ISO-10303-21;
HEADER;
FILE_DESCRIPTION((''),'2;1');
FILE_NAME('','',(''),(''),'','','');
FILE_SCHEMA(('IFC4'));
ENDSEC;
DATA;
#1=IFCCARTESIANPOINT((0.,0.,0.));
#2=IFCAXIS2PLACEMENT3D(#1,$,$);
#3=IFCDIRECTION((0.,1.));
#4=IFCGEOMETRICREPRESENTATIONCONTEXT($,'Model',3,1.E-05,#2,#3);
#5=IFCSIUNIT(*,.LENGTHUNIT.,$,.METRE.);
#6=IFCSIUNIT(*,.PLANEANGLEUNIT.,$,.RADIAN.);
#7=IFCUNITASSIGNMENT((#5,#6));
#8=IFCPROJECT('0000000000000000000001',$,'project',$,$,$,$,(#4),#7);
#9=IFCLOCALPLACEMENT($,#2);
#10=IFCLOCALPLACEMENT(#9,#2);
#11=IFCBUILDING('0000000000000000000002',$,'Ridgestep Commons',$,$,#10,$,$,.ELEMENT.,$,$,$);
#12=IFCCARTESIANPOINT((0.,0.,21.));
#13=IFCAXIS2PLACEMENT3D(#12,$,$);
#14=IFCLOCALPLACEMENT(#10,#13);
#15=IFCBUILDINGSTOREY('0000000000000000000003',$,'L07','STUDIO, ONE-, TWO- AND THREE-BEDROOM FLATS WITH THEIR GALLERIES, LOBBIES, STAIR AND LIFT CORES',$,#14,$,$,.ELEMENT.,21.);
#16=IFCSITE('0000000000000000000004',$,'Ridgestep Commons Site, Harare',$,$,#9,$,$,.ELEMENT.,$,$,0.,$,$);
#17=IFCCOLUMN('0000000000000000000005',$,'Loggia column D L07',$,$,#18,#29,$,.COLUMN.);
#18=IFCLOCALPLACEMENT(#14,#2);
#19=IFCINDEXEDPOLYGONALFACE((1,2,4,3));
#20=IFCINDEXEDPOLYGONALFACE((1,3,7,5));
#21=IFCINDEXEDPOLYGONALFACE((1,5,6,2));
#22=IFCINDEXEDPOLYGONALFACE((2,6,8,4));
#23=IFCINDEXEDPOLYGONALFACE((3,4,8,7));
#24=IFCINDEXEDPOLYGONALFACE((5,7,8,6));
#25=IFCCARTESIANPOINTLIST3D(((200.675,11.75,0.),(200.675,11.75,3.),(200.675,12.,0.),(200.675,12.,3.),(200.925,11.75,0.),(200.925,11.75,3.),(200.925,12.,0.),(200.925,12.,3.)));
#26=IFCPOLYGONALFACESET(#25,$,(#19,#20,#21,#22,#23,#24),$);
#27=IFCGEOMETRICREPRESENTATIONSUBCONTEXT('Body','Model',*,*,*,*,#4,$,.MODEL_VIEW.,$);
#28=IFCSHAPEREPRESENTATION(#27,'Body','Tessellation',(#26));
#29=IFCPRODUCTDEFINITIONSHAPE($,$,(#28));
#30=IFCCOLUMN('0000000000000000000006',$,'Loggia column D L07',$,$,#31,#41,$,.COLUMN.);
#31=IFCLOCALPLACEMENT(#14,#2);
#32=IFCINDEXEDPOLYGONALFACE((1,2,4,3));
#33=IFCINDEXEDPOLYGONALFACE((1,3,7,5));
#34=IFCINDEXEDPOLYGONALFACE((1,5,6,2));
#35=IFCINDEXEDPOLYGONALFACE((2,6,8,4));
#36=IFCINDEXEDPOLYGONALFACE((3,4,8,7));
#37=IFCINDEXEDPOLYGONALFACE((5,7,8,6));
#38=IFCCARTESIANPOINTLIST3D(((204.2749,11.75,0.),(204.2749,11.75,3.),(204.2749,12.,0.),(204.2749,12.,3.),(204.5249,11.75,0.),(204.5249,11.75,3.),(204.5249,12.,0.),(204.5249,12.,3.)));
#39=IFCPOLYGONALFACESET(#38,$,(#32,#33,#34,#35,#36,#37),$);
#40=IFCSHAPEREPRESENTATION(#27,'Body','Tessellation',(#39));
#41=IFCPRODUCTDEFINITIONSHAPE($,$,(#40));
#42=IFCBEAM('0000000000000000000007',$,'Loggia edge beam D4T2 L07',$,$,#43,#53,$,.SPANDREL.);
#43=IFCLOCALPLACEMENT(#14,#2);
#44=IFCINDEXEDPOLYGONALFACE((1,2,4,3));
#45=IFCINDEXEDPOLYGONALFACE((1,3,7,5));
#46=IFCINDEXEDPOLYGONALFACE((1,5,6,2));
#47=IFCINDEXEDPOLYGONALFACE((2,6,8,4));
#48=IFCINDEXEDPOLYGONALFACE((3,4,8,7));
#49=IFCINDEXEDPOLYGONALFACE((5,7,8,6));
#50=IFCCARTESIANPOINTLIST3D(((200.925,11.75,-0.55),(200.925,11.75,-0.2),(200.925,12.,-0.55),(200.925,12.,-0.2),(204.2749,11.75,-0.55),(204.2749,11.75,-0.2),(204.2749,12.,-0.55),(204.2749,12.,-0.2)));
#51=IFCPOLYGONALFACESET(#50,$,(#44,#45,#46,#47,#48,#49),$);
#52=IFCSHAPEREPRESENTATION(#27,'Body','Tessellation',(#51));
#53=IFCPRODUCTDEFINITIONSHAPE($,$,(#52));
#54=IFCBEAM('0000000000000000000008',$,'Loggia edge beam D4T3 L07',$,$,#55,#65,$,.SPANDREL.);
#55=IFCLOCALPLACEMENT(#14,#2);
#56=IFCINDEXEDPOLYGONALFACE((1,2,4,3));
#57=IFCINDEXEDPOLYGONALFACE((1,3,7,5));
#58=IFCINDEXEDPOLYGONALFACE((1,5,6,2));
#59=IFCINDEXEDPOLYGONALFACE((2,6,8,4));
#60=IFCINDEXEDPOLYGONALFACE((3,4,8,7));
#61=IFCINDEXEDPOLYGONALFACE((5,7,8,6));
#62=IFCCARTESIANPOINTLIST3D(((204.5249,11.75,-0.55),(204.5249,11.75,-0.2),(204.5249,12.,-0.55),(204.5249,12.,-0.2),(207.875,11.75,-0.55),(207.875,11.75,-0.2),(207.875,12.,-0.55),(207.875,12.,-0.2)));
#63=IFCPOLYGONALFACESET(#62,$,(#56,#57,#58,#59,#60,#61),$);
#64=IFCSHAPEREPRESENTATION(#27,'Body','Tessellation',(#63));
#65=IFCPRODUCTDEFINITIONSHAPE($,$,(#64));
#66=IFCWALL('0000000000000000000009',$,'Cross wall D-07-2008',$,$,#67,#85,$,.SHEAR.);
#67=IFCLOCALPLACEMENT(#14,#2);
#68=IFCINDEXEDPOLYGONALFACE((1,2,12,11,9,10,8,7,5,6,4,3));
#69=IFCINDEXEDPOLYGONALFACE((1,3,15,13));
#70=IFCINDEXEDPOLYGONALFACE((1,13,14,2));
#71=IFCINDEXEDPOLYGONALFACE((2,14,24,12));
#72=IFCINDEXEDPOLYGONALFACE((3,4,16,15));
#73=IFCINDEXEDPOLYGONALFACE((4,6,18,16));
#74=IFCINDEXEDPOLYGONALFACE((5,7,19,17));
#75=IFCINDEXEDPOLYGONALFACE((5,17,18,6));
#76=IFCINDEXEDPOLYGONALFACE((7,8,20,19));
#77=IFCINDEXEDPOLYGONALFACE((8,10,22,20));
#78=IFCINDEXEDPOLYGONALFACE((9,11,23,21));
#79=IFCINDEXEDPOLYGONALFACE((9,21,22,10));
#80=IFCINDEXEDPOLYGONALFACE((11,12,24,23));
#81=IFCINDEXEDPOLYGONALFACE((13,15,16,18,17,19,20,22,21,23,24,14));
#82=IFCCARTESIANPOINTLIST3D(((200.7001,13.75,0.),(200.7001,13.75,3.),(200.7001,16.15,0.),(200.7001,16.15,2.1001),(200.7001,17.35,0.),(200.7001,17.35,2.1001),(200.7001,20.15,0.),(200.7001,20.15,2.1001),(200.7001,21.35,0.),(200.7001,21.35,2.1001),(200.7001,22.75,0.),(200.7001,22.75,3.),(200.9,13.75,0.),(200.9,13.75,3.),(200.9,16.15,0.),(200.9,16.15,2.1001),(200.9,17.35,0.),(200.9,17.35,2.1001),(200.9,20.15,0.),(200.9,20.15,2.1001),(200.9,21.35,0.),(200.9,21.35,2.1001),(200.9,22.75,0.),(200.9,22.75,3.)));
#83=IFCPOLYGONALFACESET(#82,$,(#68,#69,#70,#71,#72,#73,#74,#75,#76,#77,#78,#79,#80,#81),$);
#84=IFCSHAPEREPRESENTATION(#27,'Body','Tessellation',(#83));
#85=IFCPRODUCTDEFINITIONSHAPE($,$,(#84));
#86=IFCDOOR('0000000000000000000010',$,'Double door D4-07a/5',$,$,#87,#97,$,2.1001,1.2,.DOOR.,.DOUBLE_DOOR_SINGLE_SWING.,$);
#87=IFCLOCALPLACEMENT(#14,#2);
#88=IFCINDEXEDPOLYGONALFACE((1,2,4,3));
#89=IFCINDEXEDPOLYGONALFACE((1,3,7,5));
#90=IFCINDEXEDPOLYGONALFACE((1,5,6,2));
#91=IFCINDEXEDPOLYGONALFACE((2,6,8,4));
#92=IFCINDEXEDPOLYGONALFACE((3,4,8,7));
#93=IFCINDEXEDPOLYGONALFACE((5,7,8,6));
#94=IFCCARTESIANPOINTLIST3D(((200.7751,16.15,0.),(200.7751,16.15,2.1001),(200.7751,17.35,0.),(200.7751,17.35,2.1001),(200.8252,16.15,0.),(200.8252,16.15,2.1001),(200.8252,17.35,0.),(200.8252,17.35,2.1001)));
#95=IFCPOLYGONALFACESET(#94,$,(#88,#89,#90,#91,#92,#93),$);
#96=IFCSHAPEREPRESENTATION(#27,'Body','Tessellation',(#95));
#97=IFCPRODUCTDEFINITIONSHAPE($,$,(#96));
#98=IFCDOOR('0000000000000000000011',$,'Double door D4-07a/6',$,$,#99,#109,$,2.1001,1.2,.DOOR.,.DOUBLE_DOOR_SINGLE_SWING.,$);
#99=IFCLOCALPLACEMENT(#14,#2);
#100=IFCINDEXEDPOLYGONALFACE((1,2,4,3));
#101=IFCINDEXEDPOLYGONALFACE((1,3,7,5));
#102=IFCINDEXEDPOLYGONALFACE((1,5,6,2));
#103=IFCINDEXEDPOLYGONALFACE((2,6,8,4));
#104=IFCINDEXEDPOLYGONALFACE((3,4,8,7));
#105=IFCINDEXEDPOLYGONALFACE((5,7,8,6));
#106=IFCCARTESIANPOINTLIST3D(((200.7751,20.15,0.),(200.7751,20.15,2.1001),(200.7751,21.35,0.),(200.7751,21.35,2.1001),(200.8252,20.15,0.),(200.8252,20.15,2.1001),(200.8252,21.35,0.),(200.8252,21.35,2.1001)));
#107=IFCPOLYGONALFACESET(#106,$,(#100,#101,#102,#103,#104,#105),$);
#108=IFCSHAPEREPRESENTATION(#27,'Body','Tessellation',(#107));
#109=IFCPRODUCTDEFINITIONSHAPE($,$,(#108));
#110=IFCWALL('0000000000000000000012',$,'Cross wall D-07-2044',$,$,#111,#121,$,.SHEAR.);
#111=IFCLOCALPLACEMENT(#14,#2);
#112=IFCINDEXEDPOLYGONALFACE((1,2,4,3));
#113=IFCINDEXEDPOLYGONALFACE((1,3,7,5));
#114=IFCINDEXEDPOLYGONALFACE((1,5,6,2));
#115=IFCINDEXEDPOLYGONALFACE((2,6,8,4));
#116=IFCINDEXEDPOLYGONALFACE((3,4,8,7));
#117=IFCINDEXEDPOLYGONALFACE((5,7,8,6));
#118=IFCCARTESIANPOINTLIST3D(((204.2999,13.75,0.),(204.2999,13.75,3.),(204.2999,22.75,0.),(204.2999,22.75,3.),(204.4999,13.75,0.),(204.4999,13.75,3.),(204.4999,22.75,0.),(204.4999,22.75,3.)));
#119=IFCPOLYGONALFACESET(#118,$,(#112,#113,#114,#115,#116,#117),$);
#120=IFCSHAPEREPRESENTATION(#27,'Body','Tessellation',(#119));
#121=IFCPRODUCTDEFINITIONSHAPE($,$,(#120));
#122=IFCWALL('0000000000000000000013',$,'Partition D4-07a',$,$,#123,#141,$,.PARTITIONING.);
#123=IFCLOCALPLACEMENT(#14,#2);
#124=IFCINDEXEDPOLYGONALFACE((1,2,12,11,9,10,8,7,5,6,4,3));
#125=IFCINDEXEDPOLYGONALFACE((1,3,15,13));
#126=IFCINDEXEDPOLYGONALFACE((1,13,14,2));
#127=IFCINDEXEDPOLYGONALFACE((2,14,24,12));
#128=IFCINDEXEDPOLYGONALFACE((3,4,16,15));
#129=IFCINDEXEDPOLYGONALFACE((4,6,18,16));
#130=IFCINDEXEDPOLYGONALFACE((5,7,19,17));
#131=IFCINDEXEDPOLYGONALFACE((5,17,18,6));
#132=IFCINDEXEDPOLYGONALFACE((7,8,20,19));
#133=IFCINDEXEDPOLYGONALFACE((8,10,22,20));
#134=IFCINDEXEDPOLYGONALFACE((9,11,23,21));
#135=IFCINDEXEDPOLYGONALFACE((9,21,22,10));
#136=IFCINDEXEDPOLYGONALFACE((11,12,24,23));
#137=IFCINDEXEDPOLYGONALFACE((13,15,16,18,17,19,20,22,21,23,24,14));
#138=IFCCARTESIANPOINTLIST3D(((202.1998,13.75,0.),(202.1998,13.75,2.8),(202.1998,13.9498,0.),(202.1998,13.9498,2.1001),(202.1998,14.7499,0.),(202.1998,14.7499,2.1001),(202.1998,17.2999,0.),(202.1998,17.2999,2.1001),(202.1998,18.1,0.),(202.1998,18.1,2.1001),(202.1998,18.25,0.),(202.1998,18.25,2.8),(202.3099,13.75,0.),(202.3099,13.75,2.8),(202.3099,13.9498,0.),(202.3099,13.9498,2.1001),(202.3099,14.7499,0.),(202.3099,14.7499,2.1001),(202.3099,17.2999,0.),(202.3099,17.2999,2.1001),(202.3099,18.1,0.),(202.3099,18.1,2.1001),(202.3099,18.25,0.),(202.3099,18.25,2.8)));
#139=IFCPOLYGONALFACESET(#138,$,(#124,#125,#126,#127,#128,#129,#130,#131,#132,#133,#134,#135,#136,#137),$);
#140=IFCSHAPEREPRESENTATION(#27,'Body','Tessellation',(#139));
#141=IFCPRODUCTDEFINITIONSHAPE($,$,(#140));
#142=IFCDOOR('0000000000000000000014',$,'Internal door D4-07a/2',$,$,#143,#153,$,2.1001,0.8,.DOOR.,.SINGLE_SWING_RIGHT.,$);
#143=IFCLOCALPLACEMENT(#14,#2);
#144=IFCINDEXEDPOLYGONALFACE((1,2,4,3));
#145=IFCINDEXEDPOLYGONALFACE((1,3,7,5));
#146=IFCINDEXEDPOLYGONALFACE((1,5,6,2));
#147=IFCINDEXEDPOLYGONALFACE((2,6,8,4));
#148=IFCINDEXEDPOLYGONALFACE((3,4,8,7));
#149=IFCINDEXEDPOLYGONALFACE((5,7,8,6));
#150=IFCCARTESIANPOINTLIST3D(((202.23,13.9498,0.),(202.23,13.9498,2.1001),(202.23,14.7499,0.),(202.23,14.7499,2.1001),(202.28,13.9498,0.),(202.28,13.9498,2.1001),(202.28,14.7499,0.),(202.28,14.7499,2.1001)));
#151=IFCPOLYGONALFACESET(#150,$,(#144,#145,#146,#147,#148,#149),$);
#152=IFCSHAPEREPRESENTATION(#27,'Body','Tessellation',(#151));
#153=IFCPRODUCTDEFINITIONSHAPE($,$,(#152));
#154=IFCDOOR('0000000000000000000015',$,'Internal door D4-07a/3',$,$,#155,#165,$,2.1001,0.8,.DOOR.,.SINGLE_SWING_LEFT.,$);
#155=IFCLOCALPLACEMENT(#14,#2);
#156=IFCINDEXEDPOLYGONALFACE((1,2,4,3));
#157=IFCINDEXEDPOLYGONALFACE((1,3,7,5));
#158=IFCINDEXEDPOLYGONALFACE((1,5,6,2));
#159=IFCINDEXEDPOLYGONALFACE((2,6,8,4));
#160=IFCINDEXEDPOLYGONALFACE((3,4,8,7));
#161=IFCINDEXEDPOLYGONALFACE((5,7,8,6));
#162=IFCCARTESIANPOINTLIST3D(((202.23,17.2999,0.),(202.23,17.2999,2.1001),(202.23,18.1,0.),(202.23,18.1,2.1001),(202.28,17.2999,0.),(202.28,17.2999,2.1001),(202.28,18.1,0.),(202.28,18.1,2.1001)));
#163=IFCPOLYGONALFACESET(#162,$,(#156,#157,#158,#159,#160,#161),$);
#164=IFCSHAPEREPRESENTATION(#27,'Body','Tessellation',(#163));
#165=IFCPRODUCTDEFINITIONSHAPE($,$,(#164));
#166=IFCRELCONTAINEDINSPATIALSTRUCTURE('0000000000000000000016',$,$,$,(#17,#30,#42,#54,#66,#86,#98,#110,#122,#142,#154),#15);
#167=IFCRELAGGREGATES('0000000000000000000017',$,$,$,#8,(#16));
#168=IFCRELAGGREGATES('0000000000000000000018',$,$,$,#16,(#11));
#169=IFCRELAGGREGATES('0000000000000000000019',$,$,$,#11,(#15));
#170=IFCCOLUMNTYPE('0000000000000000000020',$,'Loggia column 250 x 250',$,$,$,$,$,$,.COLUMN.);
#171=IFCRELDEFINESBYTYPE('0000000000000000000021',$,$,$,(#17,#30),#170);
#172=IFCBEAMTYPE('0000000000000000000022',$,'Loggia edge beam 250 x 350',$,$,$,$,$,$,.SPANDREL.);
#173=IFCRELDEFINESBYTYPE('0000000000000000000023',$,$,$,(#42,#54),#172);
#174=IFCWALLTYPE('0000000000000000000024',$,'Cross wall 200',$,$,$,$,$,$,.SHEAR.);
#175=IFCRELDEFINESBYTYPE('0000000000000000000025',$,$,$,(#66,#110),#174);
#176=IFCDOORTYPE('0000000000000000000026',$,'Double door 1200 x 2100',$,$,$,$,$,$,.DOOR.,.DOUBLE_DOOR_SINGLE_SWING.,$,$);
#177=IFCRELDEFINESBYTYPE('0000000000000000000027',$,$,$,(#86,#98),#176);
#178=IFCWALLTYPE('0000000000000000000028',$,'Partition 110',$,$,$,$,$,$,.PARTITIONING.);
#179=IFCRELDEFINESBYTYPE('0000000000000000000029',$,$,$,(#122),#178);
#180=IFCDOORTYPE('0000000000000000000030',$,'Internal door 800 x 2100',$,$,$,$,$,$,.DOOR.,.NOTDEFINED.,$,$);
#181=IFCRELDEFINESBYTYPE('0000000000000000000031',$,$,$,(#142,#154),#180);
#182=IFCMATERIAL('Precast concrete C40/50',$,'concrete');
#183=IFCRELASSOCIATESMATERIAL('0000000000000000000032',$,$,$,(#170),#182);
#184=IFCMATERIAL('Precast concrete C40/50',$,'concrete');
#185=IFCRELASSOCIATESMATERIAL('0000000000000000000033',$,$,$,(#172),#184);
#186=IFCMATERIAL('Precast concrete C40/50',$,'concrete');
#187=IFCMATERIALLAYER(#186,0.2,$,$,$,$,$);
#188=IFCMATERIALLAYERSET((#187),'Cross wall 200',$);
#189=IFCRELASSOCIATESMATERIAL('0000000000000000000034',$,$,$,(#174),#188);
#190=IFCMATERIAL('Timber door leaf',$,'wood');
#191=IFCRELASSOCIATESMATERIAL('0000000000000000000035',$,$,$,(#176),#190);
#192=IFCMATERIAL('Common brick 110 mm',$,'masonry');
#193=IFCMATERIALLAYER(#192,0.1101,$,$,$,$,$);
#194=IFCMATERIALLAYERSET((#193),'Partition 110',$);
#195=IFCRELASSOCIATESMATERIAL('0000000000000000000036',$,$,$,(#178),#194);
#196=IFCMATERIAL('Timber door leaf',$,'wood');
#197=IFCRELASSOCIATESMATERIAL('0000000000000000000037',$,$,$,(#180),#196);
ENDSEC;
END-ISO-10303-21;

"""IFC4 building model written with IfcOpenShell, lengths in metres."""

from ifc_helpers import new_model, si_unit, direction, frame, frame_2d, origin, origin_2d, place, context, subcontext, project, spatial, rectangle, extrude, material, layer, layer_set, material_profile, profile_set, type_object, element, fill, save


model = new_model("IFC4")

# Units and contexts
model_context = context("Model", 3, precision=1e-05, world=origin(), true_north=direction((0.0, 1.0)))
body_context = subcontext(model_context, "Body", "Model", "MODEL_VIEW")
ifc_project = project(units=[si_unit("LENGTHUNIT", "METRE"), si_unit("PLANEANGLEUNIT", "RADIAN")], contexts=[model_context])

# Site, building, storey
site_placement = place(None, origin())
site = spatial("IfcSite", under=ifc_project, at=site_placement, Name="Ridgestep Commons Site, Harare", CompositionType="ELEMENT", RefElevation=0.0)
building_placement = place(site_placement, origin())
building = spatial("IfcBuilding", under=site, at=building_placement, Name="Ridgestep Commons", CompositionType="ELEMENT")
storey_placement = place(building_placement, frame((0.0, 0.0, 21.0)))
storey = spatial("IfcBuildingStorey", under=building, at=storey_placement, Name="L07", Description="STUDIO, ONE-, TWO- AND THREE-BEDROOM FLATS WITH THEIR GALLERIES, LOBBIES, STAIR AND LIFT CORES", CompositionType="ELEMENT", Elevation=21.0)

# Columns
ifc_material_1 = material(Name="Precast concrete C40/50", Category="concrete")
ifc_material_profile_1 = material_profile(ifc_material_1, rectangle(XDim=0.25, YDim=0.25, at=origin_2d()), Name="PC 250x250")
ifc_profile_set_1 = profile_set([ifc_material_profile_1], Name="Precast concrete C40/50")
column_type = type_object("IfcColumnType", Name="Loggia column 250 x 250", PredefinedType="COLUMN", material=ifc_profile_set_1)
for number, where, z_axis, x_axis, name in (
    (1, (200.8, 11.875, 0.0), (0.0, 0.0, 1.0), (1.0, 0.0, 0.0), "Loggia column D L07"),
    (2, (204.3999, 11.875, 0.0), (0.0, 0.0, 1.0), (1.0, 0.0, 0.0), "Loggia column D L07"),
):
    element("IfcColumn", number, at=place(storey_placement, frame(where, z_axis=z_axis, x_axis=x_axis)), inside=storey, type_object=column_type, Name=name, PredefinedType="COLUMN", context=body_context, shape_type="SweptSolid", body=[
        extrude(rectangle(XDim=0.25, YDim=0.25, at=origin_2d()), origin(), (0.0, 0.0, 1.0), 3.0),
    ])

# Beams
ifc_material_2 = material(Name="Precast concrete C40/50", Category="concrete")
ifc_material_profile_2 = material_profile(ifc_material_2, rectangle(XDim=0.25, YDim=0.3501, at=origin_2d()), Name="PC 250x350")
ifc_profile_set_2 = profile_set([ifc_material_profile_2], Name="Precast concrete C40/50")
beam_type = type_object("IfcBeamType", Name="Loggia edge beam 250 x 350", PredefinedType="SPANDREL", material=ifc_profile_set_2)
beam_1_placement = place(storey_placement, frame((200.925, 11.875, -0.375), z_axis=(1.0, 0.0, 0.0), x_axis=(0.0, 1.0, 0.0)))
element("IfcBeam", 3, at=beam_1_placement, inside=storey, type_object=beam_type, Name="Loggia edge beam D4T2 L07", PredefinedType="SPANDREL", context=body_context, shape_type="SweptSolid", body=[
    extrude(rectangle(XDim=0.25, YDim=0.3501, at=origin_2d()), origin(), (0.0, 0.0, 1.0), 3.3499),
])
beam_2_placement = place(storey_placement, frame((204.5249, 11.875, -0.375), z_axis=(1.0, 0.0, 0.0), x_axis=(0.0, 1.0, 0.0)))
element("IfcBeam", 4, at=beam_2_placement, inside=storey, type_object=beam_type, Name="Loggia edge beam D4T3 L07", PredefinedType="SPANDREL", context=body_context, shape_type="SweptSolid", body=[
    extrude(rectangle(XDim=0.25, YDim=0.3501, at=origin_2d()), origin(), (0.0, 0.0, 1.0), 3.3501),
])

# Wall, openings, doors
ifc_material_3 = material(Name="Precast concrete C40/50", Category="concrete")
ifc_layer_1 = layer(ifc_material_3, 0.2)
ifc_layer_set_1 = layer_set([ifc_layer_1], Name="Cross wall 200")
wall_type_1 = type_object("IfcWallType", Name="Cross wall 200", PredefinedType="SHEAR", material=ifc_layer_set_1)
wall_1_placement = place(storey_placement, frame((200.8, 13.75, 0.0), z_axis=(0.0, 0.0, 1.0), x_axis=(0.0, 1.0, 0.0)))
wall_1 = element("IfcWall", 5, at=wall_1_placement, inside=storey, type_object=wall_type_1, Name="Cross wall D-07-2008", PredefinedType="SHEAR", context=body_context, shape_type="SweptSolid", body=[
    extrude(rectangle(XDim=9.0, YDim=0.2, at=frame_2d((4.5, 0.0))), origin(), (0.0, 0.0, 1.0), 3.0),
])
opening_1_placement = place(wall_1_placement, frame((2.3999, 0.0, 0.0)))
opening_1 = element("IfcOpeningElement", 6, at=opening_1_placement, cuts=wall_1, PredefinedType="OPENING", context=body_context, shape_type="SweptSolid", body=[
    extrude(rectangle(XDim=1.2, YDim=2.1001, at=frame_2d((0.6001, 1.05))), frame((0.0, 0.1099, 0.0), z_axis=(0.0, -1.0, 0.0), x_axis=(1.0, 0.0, 0.0)), (0.0, 0.0, 1.0), 0.22),
])
opening_2_placement = place(wall_1_placement, frame((6.3999, 0.0, 0.0)))
opening_2 = element("IfcOpeningElement", 7, at=opening_2_placement, cuts=wall_1, PredefinedType="OPENING", context=body_context, shape_type="SweptSolid", body=[
    extrude(rectangle(XDim=1.2, YDim=2.1001, at=frame_2d((0.6001, 1.05))), frame((0.0, 0.1099, 0.0), z_axis=(0.0, -1.0, 0.0), x_axis=(1.0, 0.0, 0.0)), (0.0, 0.0, 1.0), 0.22),
])
ifc_material_4 = material(Name="Timber door leaf", Category="wood")
door_type_1 = type_object("IfcDoorType", Name="Double door 1200 x 2100", OperationType="DOUBLE_DOOR_SINGLE_SWING", PredefinedType="DOOR", material=ifc_material_4)
door_1_placement = place(opening_1_placement, origin())
door_1 = element("IfcDoor", 8, at=door_1_placement, inside=storey, type_object=door_type_1, Name="Double door D4-07a/5", OperationType="DOUBLE_DOOR_SINGLE_SWING", OverallHeight=2.1001, OverallWidth=1.2, PredefinedType="DOOR", context=body_context, shape_type="SweptSolid", body=[
    extrude(rectangle(XDim=1.2, YDim=2.1001, at=frame_2d((0.6001, 1.05))), frame((0.0, 0.0249, 0.0), z_axis=(0.0, -1.0, 0.0), x_axis=(1.0, 0.0, 0.0)), (0.0, 0.0, 1.0), 0.05),
])
fill(opening_1, door_1)
door_2_placement = place(opening_2_placement, origin())
door_2 = element("IfcDoor", 9, at=door_2_placement, inside=storey, type_object=door_type_1, Name="Double door D4-07a/6", OperationType="DOUBLE_DOOR_SINGLE_SWING", OverallHeight=2.1001, OverallWidth=1.2, PredefinedType="DOOR", context=body_context, shape_type="SweptSolid", body=[
    extrude(rectangle(XDim=1.2, YDim=2.1001, at=frame_2d((0.6001, 1.05))), frame((0.0, 0.0249, 0.0), z_axis=(0.0, -1.0, 0.0), x_axis=(1.0, 0.0, 0.0)), (0.0, 0.0, 1.0), 0.05),
])
fill(opening_2, door_2)

# Wall
wall_2_placement = place(storey_placement, frame((204.3999, 13.75, 0.0), z_axis=(0.0, 0.0, 1.0), x_axis=(0.0, 1.0, 0.0)))
element("IfcWall", 10, at=wall_2_placement, inside=storey, type_object=wall_type_1, Name="Cross wall D-07-2044", PredefinedType="SHEAR", context=body_context, shape_type="SweptSolid", body=[
    extrude(rectangle(XDim=9.0, YDim=0.2, at=frame_2d((4.5, 0.0))), origin(), (0.0, 0.0, 1.0), 3.0),
])

# Wall, openings, doors
ifc_material_5 = material(Name="Common brick 110 mm", Category="masonry")
ifc_layer_2 = layer(ifc_material_5, 0.1101)
ifc_layer_set_2 = layer_set([ifc_layer_2], Name="Partition 110")
wall_type_2 = type_object("IfcWallType", Name="Partition 110", PredefinedType="PARTITIONING", material=ifc_layer_set_2)
wall_3_placement = place(storey_placement, frame((202.2549, 13.75, 0.0), z_axis=(0.0, 0.0, 1.0), x_axis=(0.0, 1.0, 0.0)))
wall_3 = element("IfcWall", 11, at=wall_3_placement, inside=storey, type_object=wall_type_2, Name="Partition D4-07a", PredefinedType="PARTITIONING", context=body_context, shape_type="SweptSolid", body=[
    extrude(rectangle(XDim=4.5, YDim=0.1101, at=frame_2d((2.25, 0.0))), origin(), (0.0, 0.0, 1.0), 2.8),
])
opening_3_placement = place(wall_3_placement, frame((0.2, 0.0, 0.0)))
opening_3 = element("IfcOpeningElement", 12, at=opening_3_placement, cuts=wall_3, PredefinedType="OPENING", context=body_context, shape_type="SweptSolid", body=[
    extrude(rectangle(XDim=0.8, YDim=2.1001, at=frame_2d((0.3999, 1.05))), frame((0.0, 0.0649, 0.0), z_axis=(0.0, -1.0, 0.0), x_axis=(1.0, 0.0, 0.0)), (0.0, 0.0, 1.0), 0.1301),
])
opening_4_placement = place(wall_3_placement, frame((3.55, 0.0, 0.0)))
opening_4 = element("IfcOpeningElement", 13, at=opening_4_placement, cuts=wall_3, PredefinedType="OPENING", context=body_context, shape_type="SweptSolid", body=[
    extrude(rectangle(XDim=0.8, YDim=2.1001, at=frame_2d((0.3999, 1.05))), frame((0.0, 0.0649, 0.0), z_axis=(0.0, -1.0, 0.0), x_axis=(1.0, 0.0, 0.0)), (0.0, 0.0, 1.0), 0.1301),
])
ifc_material_6 = material(Name="Timber door leaf", Category="wood")
door_type_2 = type_object("IfcDoorType", Name="Internal door 800 x 2100", OperationType="NOTDEFINED", PredefinedType="DOOR", material=ifc_material_6)
door_3_placement = place(opening_3_placement, origin())
door_3 = element("IfcDoor", 14, at=door_3_placement, inside=storey, type_object=door_type_2, Name="Internal door D4-07a/2", OperationType="SINGLE_SWING_RIGHT", OverallHeight=2.1001, OverallWidth=0.8, PredefinedType="DOOR", context=body_context, shape_type="SweptSolid", body=[
    extrude(rectangle(XDim=0.8, YDim=2.1001, at=frame_2d((0.3999, 1.05))), frame((0.0, 0.0249, 0.0), z_axis=(0.0, -1.0, 0.0), x_axis=(1.0, 0.0, 0.0)), (0.0, 0.0, 1.0), 0.05),
])
fill(opening_3, door_3)
door_4_placement = place(opening_4_placement, origin())
door_4 = element("IfcDoor", 15, at=door_4_placement, inside=storey, type_object=door_type_2, Name="Internal door D4-07a/3", OperationType="SINGLE_SWING_LEFT", OverallHeight=2.1001, OverallWidth=0.8, PredefinedType="DOOR", context=body_context, shape_type="SweptSolid", body=[
    extrude(rectangle(XDim=0.8, YDim=2.1001, at=frame_2d((0.3999, 1.05))), frame((0.0, 0.0249, 0.0), z_axis=(0.0, -1.0, 0.0), x_axis=(1.0, 0.0, 0.0)), (0.0, 0.0, 1.0), 0.05),
])
fill(opening_4, door_4)

save(model, "model.ifc")
